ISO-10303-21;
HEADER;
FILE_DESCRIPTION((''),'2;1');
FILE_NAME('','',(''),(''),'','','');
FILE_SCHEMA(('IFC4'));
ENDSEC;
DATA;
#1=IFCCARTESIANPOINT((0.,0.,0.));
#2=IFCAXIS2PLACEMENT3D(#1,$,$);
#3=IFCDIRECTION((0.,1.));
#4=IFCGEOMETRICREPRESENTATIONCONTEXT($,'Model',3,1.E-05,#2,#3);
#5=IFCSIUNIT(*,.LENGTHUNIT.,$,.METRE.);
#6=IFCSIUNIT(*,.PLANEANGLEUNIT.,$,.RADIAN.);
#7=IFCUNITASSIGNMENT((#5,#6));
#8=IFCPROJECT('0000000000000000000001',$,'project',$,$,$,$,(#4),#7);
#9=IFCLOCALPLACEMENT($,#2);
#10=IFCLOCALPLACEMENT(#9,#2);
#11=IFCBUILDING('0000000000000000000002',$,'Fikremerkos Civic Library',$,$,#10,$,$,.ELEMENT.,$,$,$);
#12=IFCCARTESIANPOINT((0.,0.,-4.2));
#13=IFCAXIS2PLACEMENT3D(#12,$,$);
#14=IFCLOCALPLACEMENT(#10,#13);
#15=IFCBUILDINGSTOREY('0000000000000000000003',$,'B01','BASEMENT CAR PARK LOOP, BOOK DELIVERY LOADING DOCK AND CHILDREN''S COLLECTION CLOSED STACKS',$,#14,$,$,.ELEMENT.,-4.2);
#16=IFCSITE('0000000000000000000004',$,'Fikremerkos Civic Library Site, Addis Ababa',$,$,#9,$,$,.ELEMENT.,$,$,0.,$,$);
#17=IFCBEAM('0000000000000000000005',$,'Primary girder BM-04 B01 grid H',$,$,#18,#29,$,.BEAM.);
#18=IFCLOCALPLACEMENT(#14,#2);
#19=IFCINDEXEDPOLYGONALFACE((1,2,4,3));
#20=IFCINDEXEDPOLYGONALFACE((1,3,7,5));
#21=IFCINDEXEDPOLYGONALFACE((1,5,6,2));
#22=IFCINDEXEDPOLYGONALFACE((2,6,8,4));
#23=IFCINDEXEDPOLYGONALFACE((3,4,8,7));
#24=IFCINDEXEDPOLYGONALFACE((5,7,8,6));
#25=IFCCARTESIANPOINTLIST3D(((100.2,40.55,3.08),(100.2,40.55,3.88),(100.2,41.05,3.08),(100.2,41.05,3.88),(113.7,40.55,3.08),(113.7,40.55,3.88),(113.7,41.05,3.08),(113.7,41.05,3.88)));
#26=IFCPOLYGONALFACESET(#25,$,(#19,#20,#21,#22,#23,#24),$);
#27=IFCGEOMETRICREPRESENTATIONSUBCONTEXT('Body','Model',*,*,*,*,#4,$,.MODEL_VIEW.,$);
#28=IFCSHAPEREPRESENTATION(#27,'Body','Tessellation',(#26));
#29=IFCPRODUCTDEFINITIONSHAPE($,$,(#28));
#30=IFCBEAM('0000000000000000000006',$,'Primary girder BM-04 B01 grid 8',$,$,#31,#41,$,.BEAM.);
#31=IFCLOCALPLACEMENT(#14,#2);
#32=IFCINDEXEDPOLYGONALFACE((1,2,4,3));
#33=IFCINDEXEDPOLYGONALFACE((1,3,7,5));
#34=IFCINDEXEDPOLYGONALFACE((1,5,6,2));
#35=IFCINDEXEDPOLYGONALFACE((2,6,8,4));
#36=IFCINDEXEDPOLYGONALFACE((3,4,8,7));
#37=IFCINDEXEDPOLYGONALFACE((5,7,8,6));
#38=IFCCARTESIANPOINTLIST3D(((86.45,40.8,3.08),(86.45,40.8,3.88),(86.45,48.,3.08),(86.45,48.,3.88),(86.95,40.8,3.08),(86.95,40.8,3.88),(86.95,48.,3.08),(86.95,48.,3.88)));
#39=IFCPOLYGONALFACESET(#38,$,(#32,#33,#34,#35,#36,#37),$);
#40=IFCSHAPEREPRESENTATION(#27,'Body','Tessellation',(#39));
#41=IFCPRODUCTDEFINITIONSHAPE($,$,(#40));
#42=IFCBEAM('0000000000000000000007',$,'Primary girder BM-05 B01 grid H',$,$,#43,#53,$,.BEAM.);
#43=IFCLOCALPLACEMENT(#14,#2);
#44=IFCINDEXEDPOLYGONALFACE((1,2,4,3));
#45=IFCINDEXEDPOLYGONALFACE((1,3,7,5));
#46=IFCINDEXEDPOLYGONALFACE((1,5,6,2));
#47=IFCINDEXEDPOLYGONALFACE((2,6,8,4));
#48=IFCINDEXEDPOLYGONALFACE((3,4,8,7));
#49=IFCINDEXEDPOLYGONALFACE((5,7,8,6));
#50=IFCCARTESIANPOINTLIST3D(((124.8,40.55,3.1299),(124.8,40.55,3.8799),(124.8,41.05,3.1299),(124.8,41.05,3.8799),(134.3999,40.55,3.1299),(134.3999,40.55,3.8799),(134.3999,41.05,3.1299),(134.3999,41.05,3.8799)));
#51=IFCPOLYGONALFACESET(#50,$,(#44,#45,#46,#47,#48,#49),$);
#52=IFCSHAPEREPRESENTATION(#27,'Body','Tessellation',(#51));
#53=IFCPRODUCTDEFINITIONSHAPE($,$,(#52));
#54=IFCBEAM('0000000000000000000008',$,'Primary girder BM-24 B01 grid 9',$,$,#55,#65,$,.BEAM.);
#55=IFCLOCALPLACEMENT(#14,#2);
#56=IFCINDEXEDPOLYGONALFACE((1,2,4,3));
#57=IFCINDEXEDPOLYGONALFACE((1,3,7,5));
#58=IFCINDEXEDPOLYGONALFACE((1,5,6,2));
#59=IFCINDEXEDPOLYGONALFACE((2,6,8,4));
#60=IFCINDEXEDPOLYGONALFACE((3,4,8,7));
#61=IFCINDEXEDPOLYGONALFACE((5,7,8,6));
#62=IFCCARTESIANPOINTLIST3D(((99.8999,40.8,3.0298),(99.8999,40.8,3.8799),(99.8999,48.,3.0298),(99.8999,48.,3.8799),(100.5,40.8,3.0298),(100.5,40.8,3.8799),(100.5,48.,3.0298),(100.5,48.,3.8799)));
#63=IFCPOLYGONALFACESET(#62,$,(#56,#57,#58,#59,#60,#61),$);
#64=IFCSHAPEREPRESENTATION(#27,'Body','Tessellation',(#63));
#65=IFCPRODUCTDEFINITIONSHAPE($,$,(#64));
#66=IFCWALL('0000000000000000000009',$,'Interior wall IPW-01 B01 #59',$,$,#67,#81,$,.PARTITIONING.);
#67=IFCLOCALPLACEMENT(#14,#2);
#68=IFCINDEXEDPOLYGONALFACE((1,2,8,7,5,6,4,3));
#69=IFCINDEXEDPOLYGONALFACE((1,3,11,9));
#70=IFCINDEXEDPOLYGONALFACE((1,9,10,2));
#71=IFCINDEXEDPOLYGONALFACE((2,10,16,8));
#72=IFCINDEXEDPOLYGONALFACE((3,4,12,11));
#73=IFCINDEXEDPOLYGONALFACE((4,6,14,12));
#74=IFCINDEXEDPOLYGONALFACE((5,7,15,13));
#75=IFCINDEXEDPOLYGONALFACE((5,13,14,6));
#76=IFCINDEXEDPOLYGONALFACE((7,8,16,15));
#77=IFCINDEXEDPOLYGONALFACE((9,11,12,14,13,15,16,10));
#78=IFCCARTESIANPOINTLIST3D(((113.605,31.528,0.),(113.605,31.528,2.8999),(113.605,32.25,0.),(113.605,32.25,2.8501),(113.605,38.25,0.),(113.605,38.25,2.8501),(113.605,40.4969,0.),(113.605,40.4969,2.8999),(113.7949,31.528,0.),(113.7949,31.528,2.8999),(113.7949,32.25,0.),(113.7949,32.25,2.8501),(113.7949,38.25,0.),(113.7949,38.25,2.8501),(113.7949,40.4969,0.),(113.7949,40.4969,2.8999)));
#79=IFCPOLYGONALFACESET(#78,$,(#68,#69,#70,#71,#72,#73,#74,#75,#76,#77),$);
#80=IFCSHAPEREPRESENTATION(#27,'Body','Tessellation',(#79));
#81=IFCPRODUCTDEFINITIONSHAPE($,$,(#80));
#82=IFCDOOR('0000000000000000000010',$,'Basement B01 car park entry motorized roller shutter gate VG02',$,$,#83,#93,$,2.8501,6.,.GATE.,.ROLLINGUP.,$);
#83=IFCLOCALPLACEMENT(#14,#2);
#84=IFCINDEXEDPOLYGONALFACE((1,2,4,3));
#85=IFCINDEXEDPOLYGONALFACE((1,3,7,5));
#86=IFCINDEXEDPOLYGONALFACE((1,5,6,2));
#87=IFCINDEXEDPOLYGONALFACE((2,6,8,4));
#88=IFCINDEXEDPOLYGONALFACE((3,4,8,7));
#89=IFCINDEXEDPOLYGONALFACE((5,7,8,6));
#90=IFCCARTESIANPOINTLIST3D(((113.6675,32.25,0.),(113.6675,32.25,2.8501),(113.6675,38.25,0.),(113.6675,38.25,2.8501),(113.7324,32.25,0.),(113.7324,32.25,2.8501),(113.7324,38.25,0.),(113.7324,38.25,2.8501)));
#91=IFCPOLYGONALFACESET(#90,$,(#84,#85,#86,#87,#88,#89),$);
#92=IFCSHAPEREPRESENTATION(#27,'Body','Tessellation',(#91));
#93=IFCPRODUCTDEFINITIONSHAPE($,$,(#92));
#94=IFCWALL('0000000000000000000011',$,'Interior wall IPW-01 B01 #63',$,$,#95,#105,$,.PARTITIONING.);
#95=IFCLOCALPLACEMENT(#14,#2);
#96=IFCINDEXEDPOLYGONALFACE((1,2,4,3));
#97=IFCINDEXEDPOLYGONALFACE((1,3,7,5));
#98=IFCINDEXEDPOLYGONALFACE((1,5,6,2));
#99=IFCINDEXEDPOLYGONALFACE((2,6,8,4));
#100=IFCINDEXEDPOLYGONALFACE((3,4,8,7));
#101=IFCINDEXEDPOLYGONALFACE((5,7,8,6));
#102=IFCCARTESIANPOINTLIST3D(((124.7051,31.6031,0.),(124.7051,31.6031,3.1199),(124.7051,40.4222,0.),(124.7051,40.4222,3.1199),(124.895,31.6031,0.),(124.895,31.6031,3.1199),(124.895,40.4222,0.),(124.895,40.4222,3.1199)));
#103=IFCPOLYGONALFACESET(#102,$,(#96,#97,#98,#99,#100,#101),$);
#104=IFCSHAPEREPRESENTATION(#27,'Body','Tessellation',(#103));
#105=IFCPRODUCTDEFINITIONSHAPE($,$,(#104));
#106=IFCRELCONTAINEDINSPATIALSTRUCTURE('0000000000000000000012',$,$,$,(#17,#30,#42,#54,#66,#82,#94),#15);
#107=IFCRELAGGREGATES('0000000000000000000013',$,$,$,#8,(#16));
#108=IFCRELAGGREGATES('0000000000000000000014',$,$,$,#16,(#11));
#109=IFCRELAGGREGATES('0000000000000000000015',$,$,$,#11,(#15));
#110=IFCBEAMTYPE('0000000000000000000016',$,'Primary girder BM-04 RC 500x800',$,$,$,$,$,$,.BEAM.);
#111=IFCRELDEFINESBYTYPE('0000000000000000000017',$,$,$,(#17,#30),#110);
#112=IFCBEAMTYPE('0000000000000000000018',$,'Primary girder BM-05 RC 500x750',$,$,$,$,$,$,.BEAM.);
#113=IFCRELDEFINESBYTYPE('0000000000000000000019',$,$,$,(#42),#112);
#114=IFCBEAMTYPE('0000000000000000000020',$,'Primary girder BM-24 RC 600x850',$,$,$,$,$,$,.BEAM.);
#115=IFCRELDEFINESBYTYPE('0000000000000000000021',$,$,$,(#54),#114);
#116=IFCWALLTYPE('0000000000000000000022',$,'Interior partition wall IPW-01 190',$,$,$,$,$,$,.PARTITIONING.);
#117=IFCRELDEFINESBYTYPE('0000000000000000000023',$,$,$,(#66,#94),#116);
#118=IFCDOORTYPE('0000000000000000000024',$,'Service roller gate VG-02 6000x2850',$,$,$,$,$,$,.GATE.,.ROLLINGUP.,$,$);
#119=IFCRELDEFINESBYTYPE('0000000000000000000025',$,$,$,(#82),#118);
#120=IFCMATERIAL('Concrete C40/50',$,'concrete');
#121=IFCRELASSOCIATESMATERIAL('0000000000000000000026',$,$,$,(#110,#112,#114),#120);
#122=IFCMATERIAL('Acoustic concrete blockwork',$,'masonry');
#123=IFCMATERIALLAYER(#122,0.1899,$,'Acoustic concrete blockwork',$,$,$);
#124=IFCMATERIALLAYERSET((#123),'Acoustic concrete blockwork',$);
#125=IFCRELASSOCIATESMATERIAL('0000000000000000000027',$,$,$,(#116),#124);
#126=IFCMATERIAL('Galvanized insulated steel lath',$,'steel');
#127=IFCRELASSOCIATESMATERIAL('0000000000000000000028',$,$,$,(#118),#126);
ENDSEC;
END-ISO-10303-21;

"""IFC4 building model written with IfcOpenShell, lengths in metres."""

from ifc_helpers import new_model, si_unit, direction, frame, frame_2d, origin, origin_2d, place, context, subcontext, project, spatial, rectangle, extrude, material, layer, layer_set, material_profile, profile_set, type_object, element, fill, save


model = new_model("IFC4")

# Units and contexts
model_context = context("Model", 3, precision=1e-05, world=origin(), true_north=direction((0.0, 1.0)))
body_context = subcontext(model_context, "Body", "Model", "MODEL_VIEW")
ifc_project = project(units=[si_unit("LENGTHUNIT", "METRE"), si_unit("PLANEANGLEUNIT", "RADIAN")], contexts=[model_context])

# Site, building, storey
site_placement = place(None, origin())
site = spatial("IfcSite", under=ifc_project, at=site_placement, Name="Fikremerkos Civic Library Site, Addis Ababa", CompositionType="ELEMENT", RefElevation=0.0)
building_placement = place(site_placement, origin())
building = spatial("IfcBuilding", under=site, at=building_placement, Name="Fikremerkos Civic Library", CompositionType="ELEMENT")
storey_placement = place(building_placement, frame((0.0, 0.0, -4.2)))
storey = spatial("IfcBuildingStorey", under=building, at=storey_placement, Name="B01", Description="BASEMENT CAR PARK LOOP, BOOK DELIVERY LOADING DOCK AND CHILDREN'S COLLECTION CLOSED STACKS", CompositionType="ELEMENT", Elevation=-4.2)

# Shared definitions
ifc_material_1 = material(Name="Concrete C40/50", Category="concrete")

# Beams
ifc_material_profile_1 = material_profile(ifc_material_1, rectangle(XDim=0.5, YDim=0.8, at=origin_2d()), Name="RC 500x800")
ifc_profile_set_1 = profile_set([ifc_material_profile_1], Name="Concrete C40/50")
beam_type_1 = type_object("IfcBeamType", Name="Primary girder BM-04 RC 500x800", PredefinedType="BEAM", material=ifc_profile_set_1)
beam_1_placement = place(storey_placement, frame((100.2, 40.8, 3.48), z_axis=(1.0, 0.0, 0.0), x_axis=(0.0, 1.0, 0.0)))
element("IfcBeam", 1, at=beam_1_placement, inside=storey, type_object=beam_type_1, Name="Primary girder BM-04 B01 grid H", PredefinedType="BEAM", context=body_context, shape_type="SweptSolid", body=[
    extrude(rectangle(XDim=0.5, YDim=0.8, at=origin_2d()), origin(), (0.0, 0.0, 1.0), 13.5),
])
beam_2_placement = place(storey_placement, frame((86.7, 40.8, 3.48), z_axis=(0.0, 1.0, 0.0), x_axis=(-1.0, 0.0, 0.0)))
element("IfcBeam", 2, at=beam_2_placement, inside=storey, type_object=beam_type_1, Name="Primary girder BM-04 B01 grid 8", PredefinedType="BEAM", context=body_context, shape_type="SweptSolid", body=[
    extrude(rectangle(XDim=0.5, YDim=0.8, at=origin_2d()), origin(), (0.0, 0.0, 1.0), 7.2),
])
ifc_material_profile_2 = material_profile(ifc_material_1, rectangle(XDim=0.5, YDim=0.75, at=origin_2d()), Name="RC 500x750")
ifc_profile_set_2 = profile_set([ifc_material_profile_2], Name="Concrete C40/50")
beam_type_2 = type_object("IfcBeamType", Name="Primary girder BM-05 RC 500x750", PredefinedType="BEAM", material=ifc_profile_set_2)
beam_3_placement = place(storey_placement, frame((124.8, 40.8, 3.5049), z_axis=(1.0, 0.0, 0.0), x_axis=(0.0, 1.0, 0.0)))
element("IfcBeam", 3, at=beam_3_placement, inside=storey, type_object=beam_type_2, Name="Primary girder BM-05 B01 grid H", PredefinedType="BEAM", context=body_context, shape_type="SweptSolid", body=[
    extrude(rectangle(XDim=0.5, YDim=0.75, at=origin_2d()), origin(), (0.0, 0.0, 1.0), 9.5999),
])
ifc_material_profile_3 = material_profile(ifc_material_1, rectangle(XDim=0.6001, YDim=0.8501, at=origin_2d()), Name="RC 600x850")
ifc_profile_set_3 = profile_set([ifc_material_profile_3], Name="Concrete C40/50")
beam_type_3 = type_object("IfcBeamType", Name="Primary girder BM-24 RC 600x850", PredefinedType="BEAM", material=ifc_profile_set_3)
beam_4_placement = place(storey_placement, frame((100.2, 40.8, 3.4548), z_axis=(0.0, 1.0, 0.0), x_axis=(-1.0, 0.0, 0.0)))
element("IfcBeam", 4, at=beam_4_placement, inside=storey, type_object=beam_type_3, Name="Primary girder BM-24 B01 grid 9", PredefinedType="BEAM", context=body_context, shape_type="SweptSolid", body=[
    extrude(rectangle(XDim=0.6001, YDim=0.8501, at=origin_2d()), origin(), (0.0, 0.0, 1.0), 7.2),
])

# Wall, opening, door
ifc_material_2 = material(Name="Acoustic concrete blockwork", Category="masonry")
ifc_layer = layer(ifc_material_2, 0.1899, Name="Acoustic concrete blockwork")
ifc_layer_set = layer_set([ifc_layer], Name="Acoustic concrete blockwork")
wall_type = type_object("IfcWallType", Name="Interior partition wall IPW-01 190", PredefinedType="PARTITIONING", material=ifc_layer_set)
wall_1_placement = place(storey_placement, frame((113.7, 31.5281, 0.0), z_axis=(0.0, 0.0, 1.0), x_axis=(0.0, 1.0, 0.0)))
wall_1 = element("IfcWall", 5, at=wall_1_placement, inside=storey, type_object=wall_type, Name="Interior wall IPW-01 B01 #59", PredefinedType="PARTITIONING", context=body_context, shape_type="SweptSolid", body=[
    extrude(rectangle(XDim=8.969, YDim=0.1899, at=frame_2d((4.4844, 0.0))), origin(), (0.0, 0.0, 1.0), 2.8999),
])
opening_placement = place(wall_1_placement, frame((0.7219, 0.0, 0.0)))
opening = element("IfcOpeningElement", 6, at=opening_placement, cuts=wall_1, PredefinedType="OPENING", context=body_context, shape_type="SweptSolid", body=[
    extrude(rectangle(XDim=6.0, YDim=2.8501, at=frame_2d((3.0, 1.425))), frame((0.0, 0.105, 0.0), z_axis=(0.0, -1.0, 0.0), x_axis=(1.0, 0.0, 0.0)), (0.0, 0.0, 1.0), 0.21),
])
ifc_material_3 = material(Name="Galvanized insulated steel lath", Category="steel")
door_type = type_object("IfcDoorType", Name="Service roller gate VG-02 6000x2850", OperationType="ROLLINGUP", PredefinedType="GATE", material=ifc_material_3)
door_placement = place(opening_placement, origin())
door = element("IfcDoor", 7, at=door_placement, inside=storey, type_object=door_type, Name="Basement B01 car park entry motorized roller shutter gate VG02", OperationType="ROLLINGUP", OverallHeight=2.8501, OverallWidth=6.0, PredefinedType="GATE", context=body_context, shape_type="SweptSolid", body=[
    extrude(rectangle(XDim=6.0, YDim=2.8501, at=frame_2d((3.0, 1.425))), frame((0.0, 0.0325, 0.0), z_axis=(0.0, -1.0, 0.0), x_axis=(1.0, 0.0, 0.0)), (0.0, 0.0, 1.0), 0.0649),
])
fill(opening, door)

# Wall
wall_2_placement = place(storey_placement, frame((124.8, 31.603, 0.0), z_axis=(0.0, 0.0, 1.0), x_axis=(0.0, 1.0, 0.0)))
element("IfcWall", 8, at=wall_2_placement, inside=storey, type_object=wall_type, Name="Interior wall IPW-01 B01 #63", PredefinedType="PARTITIONING", context=body_context, shape_type="SweptSolid", body=[
    extrude(rectangle(XDim=8.8191, YDim=0.1899, at=frame_2d((4.4097, 0.0))), origin(), (0.0, 0.0, 1.0), 3.1199),
])

save(model, "model.ifc")
